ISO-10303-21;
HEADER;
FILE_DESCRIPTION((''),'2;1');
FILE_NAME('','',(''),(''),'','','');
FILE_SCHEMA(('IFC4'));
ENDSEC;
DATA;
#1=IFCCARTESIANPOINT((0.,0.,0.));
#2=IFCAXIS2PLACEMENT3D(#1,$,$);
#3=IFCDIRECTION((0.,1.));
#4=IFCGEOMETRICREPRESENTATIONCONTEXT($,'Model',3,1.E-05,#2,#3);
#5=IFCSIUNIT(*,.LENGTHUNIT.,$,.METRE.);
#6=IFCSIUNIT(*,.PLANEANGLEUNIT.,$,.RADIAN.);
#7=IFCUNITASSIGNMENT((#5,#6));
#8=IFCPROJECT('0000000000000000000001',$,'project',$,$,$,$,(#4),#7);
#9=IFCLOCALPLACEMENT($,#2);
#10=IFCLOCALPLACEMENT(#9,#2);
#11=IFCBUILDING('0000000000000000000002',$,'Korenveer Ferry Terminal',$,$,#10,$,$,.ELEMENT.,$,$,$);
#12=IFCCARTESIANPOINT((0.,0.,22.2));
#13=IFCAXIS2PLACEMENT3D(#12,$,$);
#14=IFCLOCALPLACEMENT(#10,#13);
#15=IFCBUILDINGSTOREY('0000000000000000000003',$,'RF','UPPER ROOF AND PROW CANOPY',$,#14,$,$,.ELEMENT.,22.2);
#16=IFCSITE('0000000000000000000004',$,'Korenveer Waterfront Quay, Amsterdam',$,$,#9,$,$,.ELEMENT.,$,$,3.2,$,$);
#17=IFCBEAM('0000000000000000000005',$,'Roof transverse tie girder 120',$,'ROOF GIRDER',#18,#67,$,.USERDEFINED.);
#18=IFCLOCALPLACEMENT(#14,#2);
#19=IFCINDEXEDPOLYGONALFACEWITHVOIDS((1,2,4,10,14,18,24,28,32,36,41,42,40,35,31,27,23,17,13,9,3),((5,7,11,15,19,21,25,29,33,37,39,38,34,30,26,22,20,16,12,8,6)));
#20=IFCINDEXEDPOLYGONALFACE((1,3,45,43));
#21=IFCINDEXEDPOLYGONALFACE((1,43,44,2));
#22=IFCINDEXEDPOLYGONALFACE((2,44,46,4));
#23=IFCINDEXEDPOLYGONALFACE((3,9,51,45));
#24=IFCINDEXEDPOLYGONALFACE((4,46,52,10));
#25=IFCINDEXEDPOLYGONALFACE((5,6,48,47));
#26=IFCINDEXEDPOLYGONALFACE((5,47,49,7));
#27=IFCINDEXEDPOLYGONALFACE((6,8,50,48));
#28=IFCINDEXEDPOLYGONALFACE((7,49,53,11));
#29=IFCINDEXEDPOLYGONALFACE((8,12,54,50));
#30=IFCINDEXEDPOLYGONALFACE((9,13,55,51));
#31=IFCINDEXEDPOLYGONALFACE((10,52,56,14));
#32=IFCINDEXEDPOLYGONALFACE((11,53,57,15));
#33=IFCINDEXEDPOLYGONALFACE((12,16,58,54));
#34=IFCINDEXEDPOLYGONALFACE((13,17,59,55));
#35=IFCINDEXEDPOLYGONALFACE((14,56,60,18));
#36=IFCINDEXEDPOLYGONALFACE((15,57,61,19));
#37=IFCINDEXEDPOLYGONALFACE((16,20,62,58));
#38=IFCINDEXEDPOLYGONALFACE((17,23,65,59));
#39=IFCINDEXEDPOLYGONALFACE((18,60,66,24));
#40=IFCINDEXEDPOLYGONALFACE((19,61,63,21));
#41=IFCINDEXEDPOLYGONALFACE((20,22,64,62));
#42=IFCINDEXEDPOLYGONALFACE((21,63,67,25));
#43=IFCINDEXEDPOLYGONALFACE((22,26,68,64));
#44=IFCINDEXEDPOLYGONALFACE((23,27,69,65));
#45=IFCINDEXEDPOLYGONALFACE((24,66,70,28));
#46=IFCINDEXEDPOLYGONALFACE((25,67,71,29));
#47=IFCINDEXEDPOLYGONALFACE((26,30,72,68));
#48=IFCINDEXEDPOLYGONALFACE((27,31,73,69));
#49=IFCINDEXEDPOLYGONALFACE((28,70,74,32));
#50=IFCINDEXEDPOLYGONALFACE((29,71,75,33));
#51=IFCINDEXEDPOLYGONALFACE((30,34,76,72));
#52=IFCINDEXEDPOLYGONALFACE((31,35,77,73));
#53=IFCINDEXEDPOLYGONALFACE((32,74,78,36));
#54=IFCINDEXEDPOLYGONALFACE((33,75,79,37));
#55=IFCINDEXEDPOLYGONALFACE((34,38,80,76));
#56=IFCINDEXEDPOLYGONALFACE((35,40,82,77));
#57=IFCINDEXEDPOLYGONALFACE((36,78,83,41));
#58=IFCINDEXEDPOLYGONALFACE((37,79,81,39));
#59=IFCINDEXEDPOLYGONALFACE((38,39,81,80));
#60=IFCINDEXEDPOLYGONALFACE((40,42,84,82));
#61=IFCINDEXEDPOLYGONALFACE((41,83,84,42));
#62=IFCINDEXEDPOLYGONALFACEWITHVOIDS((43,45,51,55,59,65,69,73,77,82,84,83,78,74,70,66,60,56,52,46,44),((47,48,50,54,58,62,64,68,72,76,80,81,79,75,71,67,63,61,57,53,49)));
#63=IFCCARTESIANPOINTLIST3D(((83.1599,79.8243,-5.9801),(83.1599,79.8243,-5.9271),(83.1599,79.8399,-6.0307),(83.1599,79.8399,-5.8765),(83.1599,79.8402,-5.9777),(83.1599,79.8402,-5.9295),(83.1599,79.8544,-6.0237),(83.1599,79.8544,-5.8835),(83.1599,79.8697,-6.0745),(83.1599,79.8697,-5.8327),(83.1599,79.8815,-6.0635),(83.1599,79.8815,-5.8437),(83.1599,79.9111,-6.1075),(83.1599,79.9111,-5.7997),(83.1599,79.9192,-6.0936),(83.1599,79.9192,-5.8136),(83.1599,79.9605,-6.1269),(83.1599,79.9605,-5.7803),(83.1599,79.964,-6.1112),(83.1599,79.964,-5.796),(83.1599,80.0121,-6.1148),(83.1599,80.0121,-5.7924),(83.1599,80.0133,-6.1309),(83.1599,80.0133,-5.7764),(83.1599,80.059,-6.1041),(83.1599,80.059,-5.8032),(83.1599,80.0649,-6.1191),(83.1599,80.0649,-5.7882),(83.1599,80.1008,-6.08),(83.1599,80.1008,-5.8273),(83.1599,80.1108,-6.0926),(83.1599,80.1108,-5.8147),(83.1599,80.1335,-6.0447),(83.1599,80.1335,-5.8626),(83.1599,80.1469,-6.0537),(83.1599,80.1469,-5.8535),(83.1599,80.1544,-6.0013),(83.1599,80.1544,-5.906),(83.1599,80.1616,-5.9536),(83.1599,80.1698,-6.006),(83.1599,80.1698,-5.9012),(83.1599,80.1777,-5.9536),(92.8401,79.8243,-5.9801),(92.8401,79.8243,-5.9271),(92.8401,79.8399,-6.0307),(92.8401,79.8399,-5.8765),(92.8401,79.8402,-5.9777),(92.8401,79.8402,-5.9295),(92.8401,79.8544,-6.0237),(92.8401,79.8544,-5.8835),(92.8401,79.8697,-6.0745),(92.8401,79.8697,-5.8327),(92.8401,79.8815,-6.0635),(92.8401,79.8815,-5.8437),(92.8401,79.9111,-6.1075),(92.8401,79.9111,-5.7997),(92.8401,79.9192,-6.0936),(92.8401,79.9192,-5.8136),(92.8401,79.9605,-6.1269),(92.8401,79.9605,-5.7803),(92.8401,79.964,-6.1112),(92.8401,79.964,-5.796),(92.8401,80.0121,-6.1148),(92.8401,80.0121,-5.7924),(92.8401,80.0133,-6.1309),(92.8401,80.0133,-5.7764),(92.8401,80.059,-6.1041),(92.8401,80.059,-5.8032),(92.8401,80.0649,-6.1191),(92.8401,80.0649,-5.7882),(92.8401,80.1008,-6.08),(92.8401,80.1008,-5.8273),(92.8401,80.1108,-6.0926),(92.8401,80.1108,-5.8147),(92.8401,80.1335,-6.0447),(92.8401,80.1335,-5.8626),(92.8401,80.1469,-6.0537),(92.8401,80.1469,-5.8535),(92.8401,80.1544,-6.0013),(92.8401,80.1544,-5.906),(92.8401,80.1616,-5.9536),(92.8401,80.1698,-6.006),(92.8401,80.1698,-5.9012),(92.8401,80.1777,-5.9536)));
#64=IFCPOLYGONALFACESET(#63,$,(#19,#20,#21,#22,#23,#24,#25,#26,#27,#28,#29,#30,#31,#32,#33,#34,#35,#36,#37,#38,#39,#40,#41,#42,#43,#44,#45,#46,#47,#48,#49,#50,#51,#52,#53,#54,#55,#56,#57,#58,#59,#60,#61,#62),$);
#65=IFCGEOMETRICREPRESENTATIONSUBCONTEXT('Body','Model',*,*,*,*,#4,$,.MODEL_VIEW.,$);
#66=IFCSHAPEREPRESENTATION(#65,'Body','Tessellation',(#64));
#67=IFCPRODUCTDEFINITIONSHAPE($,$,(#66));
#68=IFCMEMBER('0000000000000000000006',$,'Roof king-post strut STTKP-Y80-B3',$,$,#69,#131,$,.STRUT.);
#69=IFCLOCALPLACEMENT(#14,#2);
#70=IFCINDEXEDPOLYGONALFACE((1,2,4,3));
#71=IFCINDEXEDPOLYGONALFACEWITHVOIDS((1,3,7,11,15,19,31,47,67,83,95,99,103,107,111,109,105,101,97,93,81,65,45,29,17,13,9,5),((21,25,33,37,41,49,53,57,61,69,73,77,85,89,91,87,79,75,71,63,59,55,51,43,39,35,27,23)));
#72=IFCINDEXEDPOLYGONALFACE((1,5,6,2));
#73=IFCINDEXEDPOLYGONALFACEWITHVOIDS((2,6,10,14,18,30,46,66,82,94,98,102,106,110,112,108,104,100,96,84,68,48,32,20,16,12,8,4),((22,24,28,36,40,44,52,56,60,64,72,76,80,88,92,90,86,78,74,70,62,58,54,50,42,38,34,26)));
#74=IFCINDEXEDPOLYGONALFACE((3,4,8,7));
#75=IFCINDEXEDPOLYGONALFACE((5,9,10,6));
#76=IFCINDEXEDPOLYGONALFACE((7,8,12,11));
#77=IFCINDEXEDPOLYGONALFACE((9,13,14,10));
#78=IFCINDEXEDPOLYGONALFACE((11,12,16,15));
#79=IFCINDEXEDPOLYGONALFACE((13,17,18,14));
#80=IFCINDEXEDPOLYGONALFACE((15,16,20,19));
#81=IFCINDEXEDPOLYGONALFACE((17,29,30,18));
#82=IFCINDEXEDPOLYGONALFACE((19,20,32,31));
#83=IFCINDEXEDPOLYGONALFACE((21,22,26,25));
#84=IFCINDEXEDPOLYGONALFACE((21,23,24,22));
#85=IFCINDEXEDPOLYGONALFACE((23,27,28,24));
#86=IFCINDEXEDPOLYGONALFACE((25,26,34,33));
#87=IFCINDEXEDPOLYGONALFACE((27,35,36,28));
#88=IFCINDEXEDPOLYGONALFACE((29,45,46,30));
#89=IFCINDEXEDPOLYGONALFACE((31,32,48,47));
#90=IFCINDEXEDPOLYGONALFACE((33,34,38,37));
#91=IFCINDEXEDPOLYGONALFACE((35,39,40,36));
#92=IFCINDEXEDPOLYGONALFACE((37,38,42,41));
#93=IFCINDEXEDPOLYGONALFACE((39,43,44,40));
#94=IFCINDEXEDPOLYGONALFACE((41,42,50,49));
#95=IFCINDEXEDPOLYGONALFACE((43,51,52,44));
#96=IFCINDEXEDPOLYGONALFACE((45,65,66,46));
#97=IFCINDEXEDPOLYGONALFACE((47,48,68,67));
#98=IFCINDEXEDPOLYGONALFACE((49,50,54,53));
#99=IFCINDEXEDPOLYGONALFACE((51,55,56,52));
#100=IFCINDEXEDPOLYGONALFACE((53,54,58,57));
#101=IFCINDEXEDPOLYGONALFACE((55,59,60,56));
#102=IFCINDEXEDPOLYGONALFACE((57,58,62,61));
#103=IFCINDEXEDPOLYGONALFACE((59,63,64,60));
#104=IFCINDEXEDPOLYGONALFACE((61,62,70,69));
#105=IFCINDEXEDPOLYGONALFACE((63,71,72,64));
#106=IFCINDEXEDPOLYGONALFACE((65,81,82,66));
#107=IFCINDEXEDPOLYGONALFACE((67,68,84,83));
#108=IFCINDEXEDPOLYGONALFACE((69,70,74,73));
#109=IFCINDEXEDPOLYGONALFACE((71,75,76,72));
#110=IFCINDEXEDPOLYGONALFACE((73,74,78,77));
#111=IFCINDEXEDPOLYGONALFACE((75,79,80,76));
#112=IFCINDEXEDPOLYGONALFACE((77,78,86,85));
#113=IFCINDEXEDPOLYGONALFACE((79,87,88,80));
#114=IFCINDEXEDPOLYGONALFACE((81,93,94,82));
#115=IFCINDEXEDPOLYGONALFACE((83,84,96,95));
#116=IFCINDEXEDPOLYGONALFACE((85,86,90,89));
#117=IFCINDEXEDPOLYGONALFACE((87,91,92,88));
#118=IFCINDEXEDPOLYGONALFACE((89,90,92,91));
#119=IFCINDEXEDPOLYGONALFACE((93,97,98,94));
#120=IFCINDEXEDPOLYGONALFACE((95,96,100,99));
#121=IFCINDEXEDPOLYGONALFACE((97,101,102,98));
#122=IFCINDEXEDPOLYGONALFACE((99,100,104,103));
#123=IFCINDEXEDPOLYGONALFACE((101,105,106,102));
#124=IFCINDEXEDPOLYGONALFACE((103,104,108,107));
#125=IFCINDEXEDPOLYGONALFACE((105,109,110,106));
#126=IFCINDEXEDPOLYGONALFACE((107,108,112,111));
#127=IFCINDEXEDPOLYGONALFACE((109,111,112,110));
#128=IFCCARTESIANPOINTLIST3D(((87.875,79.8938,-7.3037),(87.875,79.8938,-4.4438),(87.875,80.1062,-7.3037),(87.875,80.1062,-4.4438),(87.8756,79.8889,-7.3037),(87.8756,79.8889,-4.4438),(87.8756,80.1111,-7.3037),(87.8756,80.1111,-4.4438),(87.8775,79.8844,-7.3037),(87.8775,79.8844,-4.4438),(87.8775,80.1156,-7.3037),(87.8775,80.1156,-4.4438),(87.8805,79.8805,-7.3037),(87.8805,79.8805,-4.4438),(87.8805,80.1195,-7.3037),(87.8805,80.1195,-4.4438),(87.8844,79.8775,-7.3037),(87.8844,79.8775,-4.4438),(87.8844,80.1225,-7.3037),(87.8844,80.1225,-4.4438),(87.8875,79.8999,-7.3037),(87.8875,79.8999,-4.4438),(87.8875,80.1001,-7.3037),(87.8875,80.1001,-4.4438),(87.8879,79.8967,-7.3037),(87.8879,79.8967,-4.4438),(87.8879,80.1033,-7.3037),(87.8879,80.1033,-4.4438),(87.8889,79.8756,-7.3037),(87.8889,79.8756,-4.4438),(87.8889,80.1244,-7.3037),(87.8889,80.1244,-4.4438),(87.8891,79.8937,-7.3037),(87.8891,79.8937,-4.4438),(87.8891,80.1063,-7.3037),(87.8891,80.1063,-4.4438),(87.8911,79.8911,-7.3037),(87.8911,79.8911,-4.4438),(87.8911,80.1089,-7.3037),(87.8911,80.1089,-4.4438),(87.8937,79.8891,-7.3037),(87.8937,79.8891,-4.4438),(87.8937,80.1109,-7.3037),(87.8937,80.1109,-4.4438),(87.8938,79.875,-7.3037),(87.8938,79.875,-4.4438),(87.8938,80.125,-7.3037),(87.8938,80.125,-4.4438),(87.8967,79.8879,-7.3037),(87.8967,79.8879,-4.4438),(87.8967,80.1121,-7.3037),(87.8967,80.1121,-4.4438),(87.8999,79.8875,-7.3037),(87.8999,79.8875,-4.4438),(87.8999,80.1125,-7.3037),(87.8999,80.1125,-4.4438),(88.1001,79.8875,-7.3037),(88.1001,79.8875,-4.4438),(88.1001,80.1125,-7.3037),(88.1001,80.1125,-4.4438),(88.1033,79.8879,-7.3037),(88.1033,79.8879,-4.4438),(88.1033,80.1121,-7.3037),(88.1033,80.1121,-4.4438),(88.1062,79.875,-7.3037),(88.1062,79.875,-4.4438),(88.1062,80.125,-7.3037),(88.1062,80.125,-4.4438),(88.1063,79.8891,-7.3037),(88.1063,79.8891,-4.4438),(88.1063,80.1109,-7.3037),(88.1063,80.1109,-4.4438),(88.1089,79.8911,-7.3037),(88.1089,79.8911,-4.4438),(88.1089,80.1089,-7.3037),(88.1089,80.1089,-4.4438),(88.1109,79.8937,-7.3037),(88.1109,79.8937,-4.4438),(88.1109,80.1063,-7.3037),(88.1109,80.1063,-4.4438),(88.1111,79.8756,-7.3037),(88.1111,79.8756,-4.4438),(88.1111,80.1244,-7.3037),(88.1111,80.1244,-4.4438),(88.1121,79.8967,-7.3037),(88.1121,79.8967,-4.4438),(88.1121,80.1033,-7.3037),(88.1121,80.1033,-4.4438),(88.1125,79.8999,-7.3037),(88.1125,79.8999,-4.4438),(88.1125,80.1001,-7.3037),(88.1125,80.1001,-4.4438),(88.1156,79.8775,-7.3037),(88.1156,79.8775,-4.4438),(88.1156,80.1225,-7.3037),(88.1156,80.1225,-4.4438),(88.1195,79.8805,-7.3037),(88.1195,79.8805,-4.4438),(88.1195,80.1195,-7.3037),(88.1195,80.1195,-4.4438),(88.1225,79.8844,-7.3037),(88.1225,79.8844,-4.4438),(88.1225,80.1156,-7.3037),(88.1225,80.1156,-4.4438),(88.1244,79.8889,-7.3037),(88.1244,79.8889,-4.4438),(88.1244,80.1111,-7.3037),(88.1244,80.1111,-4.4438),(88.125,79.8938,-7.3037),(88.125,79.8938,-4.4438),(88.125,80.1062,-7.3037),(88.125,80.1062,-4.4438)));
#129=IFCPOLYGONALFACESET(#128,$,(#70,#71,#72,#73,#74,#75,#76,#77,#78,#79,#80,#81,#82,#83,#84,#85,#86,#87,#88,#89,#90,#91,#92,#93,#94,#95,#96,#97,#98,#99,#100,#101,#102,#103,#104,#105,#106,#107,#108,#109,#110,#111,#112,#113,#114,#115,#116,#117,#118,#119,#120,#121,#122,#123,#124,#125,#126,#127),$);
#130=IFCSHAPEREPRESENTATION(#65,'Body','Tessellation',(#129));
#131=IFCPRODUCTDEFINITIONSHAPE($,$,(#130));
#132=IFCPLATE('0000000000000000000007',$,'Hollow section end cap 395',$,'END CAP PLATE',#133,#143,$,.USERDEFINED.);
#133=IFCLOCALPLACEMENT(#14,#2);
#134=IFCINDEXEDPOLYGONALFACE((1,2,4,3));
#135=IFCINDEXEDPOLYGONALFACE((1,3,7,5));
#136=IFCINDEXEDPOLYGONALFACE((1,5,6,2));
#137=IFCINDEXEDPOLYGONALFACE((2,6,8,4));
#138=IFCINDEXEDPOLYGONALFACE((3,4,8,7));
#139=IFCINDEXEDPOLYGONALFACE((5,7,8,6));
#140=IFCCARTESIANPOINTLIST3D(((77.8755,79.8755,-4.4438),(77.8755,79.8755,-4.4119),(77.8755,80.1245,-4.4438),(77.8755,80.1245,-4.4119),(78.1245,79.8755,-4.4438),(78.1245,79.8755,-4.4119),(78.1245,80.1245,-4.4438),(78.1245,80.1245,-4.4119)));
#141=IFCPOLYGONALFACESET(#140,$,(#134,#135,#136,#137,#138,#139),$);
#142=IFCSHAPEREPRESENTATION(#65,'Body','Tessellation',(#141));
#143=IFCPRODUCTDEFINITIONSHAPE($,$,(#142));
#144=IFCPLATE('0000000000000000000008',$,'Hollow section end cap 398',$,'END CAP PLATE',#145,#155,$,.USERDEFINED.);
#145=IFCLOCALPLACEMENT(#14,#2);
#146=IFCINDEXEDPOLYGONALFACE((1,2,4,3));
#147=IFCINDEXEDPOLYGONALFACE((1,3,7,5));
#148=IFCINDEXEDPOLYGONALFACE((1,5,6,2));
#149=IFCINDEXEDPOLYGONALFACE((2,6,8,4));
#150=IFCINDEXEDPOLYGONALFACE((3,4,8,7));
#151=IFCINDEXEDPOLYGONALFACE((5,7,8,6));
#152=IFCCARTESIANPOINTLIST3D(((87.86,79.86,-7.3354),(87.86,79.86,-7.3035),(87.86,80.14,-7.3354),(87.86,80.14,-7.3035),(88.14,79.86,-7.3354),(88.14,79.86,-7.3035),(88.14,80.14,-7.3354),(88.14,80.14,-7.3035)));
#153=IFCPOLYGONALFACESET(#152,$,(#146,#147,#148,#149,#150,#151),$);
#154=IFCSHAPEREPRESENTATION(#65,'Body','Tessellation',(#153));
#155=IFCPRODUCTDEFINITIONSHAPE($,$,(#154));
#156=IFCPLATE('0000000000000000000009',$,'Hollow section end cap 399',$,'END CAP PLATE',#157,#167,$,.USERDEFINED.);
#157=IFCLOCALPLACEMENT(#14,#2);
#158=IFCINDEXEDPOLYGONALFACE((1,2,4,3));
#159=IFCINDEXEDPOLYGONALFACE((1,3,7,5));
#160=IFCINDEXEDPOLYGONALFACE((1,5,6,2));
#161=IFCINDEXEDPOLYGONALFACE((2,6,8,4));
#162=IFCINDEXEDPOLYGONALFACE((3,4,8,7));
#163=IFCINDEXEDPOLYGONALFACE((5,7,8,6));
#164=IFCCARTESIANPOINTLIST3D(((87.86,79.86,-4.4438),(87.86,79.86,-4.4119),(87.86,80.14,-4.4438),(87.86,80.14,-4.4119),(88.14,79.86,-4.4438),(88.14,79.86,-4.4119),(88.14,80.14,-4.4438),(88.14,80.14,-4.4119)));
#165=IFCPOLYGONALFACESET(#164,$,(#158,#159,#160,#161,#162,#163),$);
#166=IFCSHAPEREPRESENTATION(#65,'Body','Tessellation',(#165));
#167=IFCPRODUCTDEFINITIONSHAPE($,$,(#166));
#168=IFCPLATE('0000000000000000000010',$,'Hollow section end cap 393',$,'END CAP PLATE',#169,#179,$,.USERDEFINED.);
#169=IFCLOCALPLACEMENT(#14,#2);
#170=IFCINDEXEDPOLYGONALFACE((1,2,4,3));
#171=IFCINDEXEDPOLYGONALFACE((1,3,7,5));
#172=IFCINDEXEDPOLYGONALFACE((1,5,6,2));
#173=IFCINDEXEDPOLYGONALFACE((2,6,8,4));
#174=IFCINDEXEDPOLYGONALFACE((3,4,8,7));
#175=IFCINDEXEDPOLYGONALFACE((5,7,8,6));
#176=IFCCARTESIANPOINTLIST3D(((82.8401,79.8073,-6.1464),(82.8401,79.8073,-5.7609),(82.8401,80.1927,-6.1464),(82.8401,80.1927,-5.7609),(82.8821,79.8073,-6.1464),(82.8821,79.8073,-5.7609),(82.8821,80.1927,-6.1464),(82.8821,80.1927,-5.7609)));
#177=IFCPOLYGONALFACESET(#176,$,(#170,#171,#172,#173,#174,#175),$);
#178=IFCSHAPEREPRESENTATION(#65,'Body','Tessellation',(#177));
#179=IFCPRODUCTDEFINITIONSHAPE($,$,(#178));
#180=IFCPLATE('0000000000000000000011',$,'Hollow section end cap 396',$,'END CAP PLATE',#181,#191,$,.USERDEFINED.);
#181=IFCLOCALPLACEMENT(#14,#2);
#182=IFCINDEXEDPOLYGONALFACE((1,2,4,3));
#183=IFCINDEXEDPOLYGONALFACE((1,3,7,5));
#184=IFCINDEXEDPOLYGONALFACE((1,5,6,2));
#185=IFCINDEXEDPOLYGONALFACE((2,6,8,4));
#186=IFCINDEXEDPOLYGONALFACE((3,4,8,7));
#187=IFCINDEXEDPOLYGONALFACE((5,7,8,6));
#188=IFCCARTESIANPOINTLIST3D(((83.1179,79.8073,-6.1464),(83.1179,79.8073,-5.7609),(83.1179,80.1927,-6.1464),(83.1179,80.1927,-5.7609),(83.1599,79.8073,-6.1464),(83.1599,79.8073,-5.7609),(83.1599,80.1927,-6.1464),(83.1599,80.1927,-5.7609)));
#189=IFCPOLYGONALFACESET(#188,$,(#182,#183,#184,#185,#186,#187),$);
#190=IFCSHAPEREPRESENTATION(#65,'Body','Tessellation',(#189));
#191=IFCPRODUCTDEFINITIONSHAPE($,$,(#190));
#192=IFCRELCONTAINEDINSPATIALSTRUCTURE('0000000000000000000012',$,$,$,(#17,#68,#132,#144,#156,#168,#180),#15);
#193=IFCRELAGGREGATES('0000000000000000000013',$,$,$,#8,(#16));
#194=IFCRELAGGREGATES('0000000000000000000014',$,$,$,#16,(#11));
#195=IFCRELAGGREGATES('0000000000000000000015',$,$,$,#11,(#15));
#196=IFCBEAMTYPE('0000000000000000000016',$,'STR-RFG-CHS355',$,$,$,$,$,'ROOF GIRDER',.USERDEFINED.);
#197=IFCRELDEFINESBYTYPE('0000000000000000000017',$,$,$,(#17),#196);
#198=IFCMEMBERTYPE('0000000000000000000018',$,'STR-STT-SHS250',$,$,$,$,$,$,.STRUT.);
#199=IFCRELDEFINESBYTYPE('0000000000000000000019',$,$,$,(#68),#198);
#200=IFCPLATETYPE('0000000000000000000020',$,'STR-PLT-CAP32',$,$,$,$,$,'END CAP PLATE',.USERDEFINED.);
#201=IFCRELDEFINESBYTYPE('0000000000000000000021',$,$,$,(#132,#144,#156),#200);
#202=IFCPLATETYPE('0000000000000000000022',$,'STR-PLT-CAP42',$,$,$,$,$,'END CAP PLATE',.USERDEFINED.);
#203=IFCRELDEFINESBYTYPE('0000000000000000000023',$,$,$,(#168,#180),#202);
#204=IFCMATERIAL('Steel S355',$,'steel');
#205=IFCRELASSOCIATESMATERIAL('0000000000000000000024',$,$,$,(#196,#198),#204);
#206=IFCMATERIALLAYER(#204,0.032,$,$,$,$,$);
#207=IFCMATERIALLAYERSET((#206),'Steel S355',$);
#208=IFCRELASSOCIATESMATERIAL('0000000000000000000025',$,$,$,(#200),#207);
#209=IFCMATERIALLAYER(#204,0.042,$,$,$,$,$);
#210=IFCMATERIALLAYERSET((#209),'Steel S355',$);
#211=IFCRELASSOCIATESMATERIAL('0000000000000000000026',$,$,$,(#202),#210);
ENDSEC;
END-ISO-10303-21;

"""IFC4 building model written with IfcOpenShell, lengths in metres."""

from ifc_helpers import new_model, si_unit, direction, frame, origin, origin_2d, place, context, subcontext, project, spatial, rectangle, hollow_rectangle, hollow_circle, extrude, material, layer, layer_set, material_profile, profile_set, type_object, element, save


model = new_model("IFC4")

# Units and contexts
model_context = context("Model", 3, precision=1e-05, world=origin(), true_north=direction((0.0, 1.0)))
body_context = subcontext(model_context, "Body", "Model", "MODEL_VIEW")
ifc_project = project(units=[si_unit("LENGTHUNIT", "METRE"), si_unit("PLANEANGLEUNIT", "RADIAN")], contexts=[model_context])

# Site, building, storey
site_placement = place(None, origin())
site = spatial("IfcSite", under=ifc_project, at=site_placement, Name="Korenveer Waterfront Quay, Amsterdam", CompositionType="ELEMENT", RefElevation=3.2)
building_placement = place(site_placement, origin())
building = spatial("IfcBuilding", under=site, at=building_placement, Name="Korenveer Ferry Terminal", CompositionType="ELEMENT")
storey_placement = place(building_placement, frame((0.0, 0.0, 22.2)))
storey = spatial("IfcBuildingStorey", under=building, at=storey_placement, Name="RF", Description="UPPER ROOF AND PROW CANOPY", CompositionType="ELEMENT", Elevation=22.2)

# Beam
ifc_material_1 = material(Name="Steel S355", Category="steel")
ifc_material_profile_1 = material_profile(ifc_material_1, hollow_circle(Radius=0.1777, WallThickness=0.0161, at=origin_2d()), Name="CHS 355.6x16")
ifc_profile_set_1 = profile_set([ifc_material_profile_1], Name="Steel S355")
beam_type = type_object("IfcBeamType", Name="STR-RFG-CHS355", ElementType="ROOF GIRDER", PredefinedType="USERDEFINED", material=ifc_profile_set_1)
beam_placement = place(storey_placement, frame((83.1599, 80.0, -5.9536), z_axis=(1.0, 0.0, 0.0), x_axis=(0.0, 1.0, 0.0)))
element("IfcBeam", 1, at=beam_placement, inside=storey, type_object=beam_type, Name="Roof transverse tie girder 120", ObjectType="ROOF GIRDER", PredefinedType="USERDEFINED", context=body_context, shape_type="SweptSolid", body=[
    extrude(hollow_circle(Radius=0.1777, WallThickness=0.0161, at=origin_2d()), origin(), (0.0, 0.0, 1.0), 9.6802),
])

# Member
ifc_material_profile_2 = material_profile(ifc_material_1, hollow_rectangle(XDim=0.25, YDim=0.25, WallThickness=0.0125, InnerFilletRadius=0.0125, OuterFilletRadius=0.0188, at=origin_2d()), Name="SHS 250x250x12.5")
ifc_profile_set_2 = profile_set([ifc_material_profile_2], Name="Steel S355")
member_type_1 = type_object("IfcMemberType", Name="STR-STT-SHS250", PredefinedType="STRUT", material=ifc_profile_set_2)
member_1_placement = place(storey_placement, frame((88.0, 80.0, -7.3037), z_axis=(0.0, 0.0, 1.0), x_axis=(1.0, 0.0, 0.0)))
element("IfcMember", 2, at=member_1_placement, inside=storey, type_object=member_type_1, Name="Roof king-post strut STTKP-Y80-B3", PredefinedType="STRUT", context=body_context, shape_type="SweptSolid", body=[
    extrude(hollow_rectangle(XDim=0.25, YDim=0.25, WallThickness=0.0125, InnerFilletRadius=0.0125, OuterFilletRadius=0.0188, at=origin_2d()), origin(), (0.0, 0.0, 1.0), 2.8599),
])

# Plates
ifc_layer_1 = layer(ifc_material_1, 0.032)
ifc_layer_set_1 = layer_set([ifc_layer_1], Name="Steel S355")
plate_type_1 = type_object("IfcPlateType", Name="STR-PLT-CAP32", ElementType="END CAP PLATE", PredefinedType="USERDEFINED", material=ifc_layer_set_1)
plate_placement = place(storey_placement, frame((78.0, 80.0, -4.4438), z_axis=(0.0, 0.0, 1.0), x_axis=(1.0, 0.0, 0.0)))
element("IfcPlate", 3, at=plate_placement, inside=storey, type_object=plate_type_1, Name="Hollow section end cap 395", ObjectType="END CAP PLATE", PredefinedType="USERDEFINED", context=body_context, shape_type="SweptSolid", body=[
    extrude(rectangle(XDim=0.249, YDim=0.249, at=origin_2d()), origin(), (0.0, 0.0, 1.0), 0.032),
])
for number, where, z_axis, x_axis, name in (
    (4, (88.0, 80.0, -7.3354), (0.0, 0.0, 1.0), (1.0, 0.0, 0.0), "Hollow section end cap 398"),
    (5, (88.0, 80.0, -4.4438), (0.0, 0.0, 1.0), (1.0, 0.0, 0.0), "Hollow section end cap 399"),
):
    element("IfcPlate", number, at=place(storey_placement, frame(where, z_axis=z_axis, x_axis=x_axis)), inside=storey, type_object=plate_type_1, Name=name, ObjectType="END CAP PLATE", PredefinedType="USERDEFINED", context=body_context, shape_type="SweptSolid", body=[
        extrude(rectangle(XDim=0.28, YDim=0.28, at=origin_2d()), origin(), (0.0, 0.0, 1.0), 0.032),
    ])
ifc_layer_2 = layer(ifc_material_1, 0.042)
ifc_layer_set_2 = layer_set([ifc_layer_2], Name="Steel S355")
plate_type_2 = type_object("IfcPlateType", Name="STR-PLT-CAP42", ElementType="END CAP PLATE", PredefinedType="USERDEFINED", material=ifc_layer_set_2)
for number, where, z_axis, x_axis, name in (
    (6, (82.8401, 80.0, -5.9536), (1.0, 0.0, 0.0), (0.0, 1.0, 0.0), "Hollow section end cap 393"),
    (7, (83.1179, 80.0, -5.9536), (1.0, 0.0, 0.0), (0.0, 1.0, 0.0), "Hollow section end cap 396"),
):
    element("IfcPlate", number, at=place(storey_placement, frame(where, z_axis=z_axis, x_axis=x_axis)), inside=storey, type_object=plate_type_2, Name=name, ObjectType="END CAP PLATE", PredefinedType="USERDEFINED", context=body_context, shape_type="SweptSolid", body=[
        extrude(rectangle(XDim=0.3855, YDim=0.3855, at=origin_2d()), origin(), (0.0, 0.0, 1.0), 0.042),
    ])

save(model, "model.ifc")
